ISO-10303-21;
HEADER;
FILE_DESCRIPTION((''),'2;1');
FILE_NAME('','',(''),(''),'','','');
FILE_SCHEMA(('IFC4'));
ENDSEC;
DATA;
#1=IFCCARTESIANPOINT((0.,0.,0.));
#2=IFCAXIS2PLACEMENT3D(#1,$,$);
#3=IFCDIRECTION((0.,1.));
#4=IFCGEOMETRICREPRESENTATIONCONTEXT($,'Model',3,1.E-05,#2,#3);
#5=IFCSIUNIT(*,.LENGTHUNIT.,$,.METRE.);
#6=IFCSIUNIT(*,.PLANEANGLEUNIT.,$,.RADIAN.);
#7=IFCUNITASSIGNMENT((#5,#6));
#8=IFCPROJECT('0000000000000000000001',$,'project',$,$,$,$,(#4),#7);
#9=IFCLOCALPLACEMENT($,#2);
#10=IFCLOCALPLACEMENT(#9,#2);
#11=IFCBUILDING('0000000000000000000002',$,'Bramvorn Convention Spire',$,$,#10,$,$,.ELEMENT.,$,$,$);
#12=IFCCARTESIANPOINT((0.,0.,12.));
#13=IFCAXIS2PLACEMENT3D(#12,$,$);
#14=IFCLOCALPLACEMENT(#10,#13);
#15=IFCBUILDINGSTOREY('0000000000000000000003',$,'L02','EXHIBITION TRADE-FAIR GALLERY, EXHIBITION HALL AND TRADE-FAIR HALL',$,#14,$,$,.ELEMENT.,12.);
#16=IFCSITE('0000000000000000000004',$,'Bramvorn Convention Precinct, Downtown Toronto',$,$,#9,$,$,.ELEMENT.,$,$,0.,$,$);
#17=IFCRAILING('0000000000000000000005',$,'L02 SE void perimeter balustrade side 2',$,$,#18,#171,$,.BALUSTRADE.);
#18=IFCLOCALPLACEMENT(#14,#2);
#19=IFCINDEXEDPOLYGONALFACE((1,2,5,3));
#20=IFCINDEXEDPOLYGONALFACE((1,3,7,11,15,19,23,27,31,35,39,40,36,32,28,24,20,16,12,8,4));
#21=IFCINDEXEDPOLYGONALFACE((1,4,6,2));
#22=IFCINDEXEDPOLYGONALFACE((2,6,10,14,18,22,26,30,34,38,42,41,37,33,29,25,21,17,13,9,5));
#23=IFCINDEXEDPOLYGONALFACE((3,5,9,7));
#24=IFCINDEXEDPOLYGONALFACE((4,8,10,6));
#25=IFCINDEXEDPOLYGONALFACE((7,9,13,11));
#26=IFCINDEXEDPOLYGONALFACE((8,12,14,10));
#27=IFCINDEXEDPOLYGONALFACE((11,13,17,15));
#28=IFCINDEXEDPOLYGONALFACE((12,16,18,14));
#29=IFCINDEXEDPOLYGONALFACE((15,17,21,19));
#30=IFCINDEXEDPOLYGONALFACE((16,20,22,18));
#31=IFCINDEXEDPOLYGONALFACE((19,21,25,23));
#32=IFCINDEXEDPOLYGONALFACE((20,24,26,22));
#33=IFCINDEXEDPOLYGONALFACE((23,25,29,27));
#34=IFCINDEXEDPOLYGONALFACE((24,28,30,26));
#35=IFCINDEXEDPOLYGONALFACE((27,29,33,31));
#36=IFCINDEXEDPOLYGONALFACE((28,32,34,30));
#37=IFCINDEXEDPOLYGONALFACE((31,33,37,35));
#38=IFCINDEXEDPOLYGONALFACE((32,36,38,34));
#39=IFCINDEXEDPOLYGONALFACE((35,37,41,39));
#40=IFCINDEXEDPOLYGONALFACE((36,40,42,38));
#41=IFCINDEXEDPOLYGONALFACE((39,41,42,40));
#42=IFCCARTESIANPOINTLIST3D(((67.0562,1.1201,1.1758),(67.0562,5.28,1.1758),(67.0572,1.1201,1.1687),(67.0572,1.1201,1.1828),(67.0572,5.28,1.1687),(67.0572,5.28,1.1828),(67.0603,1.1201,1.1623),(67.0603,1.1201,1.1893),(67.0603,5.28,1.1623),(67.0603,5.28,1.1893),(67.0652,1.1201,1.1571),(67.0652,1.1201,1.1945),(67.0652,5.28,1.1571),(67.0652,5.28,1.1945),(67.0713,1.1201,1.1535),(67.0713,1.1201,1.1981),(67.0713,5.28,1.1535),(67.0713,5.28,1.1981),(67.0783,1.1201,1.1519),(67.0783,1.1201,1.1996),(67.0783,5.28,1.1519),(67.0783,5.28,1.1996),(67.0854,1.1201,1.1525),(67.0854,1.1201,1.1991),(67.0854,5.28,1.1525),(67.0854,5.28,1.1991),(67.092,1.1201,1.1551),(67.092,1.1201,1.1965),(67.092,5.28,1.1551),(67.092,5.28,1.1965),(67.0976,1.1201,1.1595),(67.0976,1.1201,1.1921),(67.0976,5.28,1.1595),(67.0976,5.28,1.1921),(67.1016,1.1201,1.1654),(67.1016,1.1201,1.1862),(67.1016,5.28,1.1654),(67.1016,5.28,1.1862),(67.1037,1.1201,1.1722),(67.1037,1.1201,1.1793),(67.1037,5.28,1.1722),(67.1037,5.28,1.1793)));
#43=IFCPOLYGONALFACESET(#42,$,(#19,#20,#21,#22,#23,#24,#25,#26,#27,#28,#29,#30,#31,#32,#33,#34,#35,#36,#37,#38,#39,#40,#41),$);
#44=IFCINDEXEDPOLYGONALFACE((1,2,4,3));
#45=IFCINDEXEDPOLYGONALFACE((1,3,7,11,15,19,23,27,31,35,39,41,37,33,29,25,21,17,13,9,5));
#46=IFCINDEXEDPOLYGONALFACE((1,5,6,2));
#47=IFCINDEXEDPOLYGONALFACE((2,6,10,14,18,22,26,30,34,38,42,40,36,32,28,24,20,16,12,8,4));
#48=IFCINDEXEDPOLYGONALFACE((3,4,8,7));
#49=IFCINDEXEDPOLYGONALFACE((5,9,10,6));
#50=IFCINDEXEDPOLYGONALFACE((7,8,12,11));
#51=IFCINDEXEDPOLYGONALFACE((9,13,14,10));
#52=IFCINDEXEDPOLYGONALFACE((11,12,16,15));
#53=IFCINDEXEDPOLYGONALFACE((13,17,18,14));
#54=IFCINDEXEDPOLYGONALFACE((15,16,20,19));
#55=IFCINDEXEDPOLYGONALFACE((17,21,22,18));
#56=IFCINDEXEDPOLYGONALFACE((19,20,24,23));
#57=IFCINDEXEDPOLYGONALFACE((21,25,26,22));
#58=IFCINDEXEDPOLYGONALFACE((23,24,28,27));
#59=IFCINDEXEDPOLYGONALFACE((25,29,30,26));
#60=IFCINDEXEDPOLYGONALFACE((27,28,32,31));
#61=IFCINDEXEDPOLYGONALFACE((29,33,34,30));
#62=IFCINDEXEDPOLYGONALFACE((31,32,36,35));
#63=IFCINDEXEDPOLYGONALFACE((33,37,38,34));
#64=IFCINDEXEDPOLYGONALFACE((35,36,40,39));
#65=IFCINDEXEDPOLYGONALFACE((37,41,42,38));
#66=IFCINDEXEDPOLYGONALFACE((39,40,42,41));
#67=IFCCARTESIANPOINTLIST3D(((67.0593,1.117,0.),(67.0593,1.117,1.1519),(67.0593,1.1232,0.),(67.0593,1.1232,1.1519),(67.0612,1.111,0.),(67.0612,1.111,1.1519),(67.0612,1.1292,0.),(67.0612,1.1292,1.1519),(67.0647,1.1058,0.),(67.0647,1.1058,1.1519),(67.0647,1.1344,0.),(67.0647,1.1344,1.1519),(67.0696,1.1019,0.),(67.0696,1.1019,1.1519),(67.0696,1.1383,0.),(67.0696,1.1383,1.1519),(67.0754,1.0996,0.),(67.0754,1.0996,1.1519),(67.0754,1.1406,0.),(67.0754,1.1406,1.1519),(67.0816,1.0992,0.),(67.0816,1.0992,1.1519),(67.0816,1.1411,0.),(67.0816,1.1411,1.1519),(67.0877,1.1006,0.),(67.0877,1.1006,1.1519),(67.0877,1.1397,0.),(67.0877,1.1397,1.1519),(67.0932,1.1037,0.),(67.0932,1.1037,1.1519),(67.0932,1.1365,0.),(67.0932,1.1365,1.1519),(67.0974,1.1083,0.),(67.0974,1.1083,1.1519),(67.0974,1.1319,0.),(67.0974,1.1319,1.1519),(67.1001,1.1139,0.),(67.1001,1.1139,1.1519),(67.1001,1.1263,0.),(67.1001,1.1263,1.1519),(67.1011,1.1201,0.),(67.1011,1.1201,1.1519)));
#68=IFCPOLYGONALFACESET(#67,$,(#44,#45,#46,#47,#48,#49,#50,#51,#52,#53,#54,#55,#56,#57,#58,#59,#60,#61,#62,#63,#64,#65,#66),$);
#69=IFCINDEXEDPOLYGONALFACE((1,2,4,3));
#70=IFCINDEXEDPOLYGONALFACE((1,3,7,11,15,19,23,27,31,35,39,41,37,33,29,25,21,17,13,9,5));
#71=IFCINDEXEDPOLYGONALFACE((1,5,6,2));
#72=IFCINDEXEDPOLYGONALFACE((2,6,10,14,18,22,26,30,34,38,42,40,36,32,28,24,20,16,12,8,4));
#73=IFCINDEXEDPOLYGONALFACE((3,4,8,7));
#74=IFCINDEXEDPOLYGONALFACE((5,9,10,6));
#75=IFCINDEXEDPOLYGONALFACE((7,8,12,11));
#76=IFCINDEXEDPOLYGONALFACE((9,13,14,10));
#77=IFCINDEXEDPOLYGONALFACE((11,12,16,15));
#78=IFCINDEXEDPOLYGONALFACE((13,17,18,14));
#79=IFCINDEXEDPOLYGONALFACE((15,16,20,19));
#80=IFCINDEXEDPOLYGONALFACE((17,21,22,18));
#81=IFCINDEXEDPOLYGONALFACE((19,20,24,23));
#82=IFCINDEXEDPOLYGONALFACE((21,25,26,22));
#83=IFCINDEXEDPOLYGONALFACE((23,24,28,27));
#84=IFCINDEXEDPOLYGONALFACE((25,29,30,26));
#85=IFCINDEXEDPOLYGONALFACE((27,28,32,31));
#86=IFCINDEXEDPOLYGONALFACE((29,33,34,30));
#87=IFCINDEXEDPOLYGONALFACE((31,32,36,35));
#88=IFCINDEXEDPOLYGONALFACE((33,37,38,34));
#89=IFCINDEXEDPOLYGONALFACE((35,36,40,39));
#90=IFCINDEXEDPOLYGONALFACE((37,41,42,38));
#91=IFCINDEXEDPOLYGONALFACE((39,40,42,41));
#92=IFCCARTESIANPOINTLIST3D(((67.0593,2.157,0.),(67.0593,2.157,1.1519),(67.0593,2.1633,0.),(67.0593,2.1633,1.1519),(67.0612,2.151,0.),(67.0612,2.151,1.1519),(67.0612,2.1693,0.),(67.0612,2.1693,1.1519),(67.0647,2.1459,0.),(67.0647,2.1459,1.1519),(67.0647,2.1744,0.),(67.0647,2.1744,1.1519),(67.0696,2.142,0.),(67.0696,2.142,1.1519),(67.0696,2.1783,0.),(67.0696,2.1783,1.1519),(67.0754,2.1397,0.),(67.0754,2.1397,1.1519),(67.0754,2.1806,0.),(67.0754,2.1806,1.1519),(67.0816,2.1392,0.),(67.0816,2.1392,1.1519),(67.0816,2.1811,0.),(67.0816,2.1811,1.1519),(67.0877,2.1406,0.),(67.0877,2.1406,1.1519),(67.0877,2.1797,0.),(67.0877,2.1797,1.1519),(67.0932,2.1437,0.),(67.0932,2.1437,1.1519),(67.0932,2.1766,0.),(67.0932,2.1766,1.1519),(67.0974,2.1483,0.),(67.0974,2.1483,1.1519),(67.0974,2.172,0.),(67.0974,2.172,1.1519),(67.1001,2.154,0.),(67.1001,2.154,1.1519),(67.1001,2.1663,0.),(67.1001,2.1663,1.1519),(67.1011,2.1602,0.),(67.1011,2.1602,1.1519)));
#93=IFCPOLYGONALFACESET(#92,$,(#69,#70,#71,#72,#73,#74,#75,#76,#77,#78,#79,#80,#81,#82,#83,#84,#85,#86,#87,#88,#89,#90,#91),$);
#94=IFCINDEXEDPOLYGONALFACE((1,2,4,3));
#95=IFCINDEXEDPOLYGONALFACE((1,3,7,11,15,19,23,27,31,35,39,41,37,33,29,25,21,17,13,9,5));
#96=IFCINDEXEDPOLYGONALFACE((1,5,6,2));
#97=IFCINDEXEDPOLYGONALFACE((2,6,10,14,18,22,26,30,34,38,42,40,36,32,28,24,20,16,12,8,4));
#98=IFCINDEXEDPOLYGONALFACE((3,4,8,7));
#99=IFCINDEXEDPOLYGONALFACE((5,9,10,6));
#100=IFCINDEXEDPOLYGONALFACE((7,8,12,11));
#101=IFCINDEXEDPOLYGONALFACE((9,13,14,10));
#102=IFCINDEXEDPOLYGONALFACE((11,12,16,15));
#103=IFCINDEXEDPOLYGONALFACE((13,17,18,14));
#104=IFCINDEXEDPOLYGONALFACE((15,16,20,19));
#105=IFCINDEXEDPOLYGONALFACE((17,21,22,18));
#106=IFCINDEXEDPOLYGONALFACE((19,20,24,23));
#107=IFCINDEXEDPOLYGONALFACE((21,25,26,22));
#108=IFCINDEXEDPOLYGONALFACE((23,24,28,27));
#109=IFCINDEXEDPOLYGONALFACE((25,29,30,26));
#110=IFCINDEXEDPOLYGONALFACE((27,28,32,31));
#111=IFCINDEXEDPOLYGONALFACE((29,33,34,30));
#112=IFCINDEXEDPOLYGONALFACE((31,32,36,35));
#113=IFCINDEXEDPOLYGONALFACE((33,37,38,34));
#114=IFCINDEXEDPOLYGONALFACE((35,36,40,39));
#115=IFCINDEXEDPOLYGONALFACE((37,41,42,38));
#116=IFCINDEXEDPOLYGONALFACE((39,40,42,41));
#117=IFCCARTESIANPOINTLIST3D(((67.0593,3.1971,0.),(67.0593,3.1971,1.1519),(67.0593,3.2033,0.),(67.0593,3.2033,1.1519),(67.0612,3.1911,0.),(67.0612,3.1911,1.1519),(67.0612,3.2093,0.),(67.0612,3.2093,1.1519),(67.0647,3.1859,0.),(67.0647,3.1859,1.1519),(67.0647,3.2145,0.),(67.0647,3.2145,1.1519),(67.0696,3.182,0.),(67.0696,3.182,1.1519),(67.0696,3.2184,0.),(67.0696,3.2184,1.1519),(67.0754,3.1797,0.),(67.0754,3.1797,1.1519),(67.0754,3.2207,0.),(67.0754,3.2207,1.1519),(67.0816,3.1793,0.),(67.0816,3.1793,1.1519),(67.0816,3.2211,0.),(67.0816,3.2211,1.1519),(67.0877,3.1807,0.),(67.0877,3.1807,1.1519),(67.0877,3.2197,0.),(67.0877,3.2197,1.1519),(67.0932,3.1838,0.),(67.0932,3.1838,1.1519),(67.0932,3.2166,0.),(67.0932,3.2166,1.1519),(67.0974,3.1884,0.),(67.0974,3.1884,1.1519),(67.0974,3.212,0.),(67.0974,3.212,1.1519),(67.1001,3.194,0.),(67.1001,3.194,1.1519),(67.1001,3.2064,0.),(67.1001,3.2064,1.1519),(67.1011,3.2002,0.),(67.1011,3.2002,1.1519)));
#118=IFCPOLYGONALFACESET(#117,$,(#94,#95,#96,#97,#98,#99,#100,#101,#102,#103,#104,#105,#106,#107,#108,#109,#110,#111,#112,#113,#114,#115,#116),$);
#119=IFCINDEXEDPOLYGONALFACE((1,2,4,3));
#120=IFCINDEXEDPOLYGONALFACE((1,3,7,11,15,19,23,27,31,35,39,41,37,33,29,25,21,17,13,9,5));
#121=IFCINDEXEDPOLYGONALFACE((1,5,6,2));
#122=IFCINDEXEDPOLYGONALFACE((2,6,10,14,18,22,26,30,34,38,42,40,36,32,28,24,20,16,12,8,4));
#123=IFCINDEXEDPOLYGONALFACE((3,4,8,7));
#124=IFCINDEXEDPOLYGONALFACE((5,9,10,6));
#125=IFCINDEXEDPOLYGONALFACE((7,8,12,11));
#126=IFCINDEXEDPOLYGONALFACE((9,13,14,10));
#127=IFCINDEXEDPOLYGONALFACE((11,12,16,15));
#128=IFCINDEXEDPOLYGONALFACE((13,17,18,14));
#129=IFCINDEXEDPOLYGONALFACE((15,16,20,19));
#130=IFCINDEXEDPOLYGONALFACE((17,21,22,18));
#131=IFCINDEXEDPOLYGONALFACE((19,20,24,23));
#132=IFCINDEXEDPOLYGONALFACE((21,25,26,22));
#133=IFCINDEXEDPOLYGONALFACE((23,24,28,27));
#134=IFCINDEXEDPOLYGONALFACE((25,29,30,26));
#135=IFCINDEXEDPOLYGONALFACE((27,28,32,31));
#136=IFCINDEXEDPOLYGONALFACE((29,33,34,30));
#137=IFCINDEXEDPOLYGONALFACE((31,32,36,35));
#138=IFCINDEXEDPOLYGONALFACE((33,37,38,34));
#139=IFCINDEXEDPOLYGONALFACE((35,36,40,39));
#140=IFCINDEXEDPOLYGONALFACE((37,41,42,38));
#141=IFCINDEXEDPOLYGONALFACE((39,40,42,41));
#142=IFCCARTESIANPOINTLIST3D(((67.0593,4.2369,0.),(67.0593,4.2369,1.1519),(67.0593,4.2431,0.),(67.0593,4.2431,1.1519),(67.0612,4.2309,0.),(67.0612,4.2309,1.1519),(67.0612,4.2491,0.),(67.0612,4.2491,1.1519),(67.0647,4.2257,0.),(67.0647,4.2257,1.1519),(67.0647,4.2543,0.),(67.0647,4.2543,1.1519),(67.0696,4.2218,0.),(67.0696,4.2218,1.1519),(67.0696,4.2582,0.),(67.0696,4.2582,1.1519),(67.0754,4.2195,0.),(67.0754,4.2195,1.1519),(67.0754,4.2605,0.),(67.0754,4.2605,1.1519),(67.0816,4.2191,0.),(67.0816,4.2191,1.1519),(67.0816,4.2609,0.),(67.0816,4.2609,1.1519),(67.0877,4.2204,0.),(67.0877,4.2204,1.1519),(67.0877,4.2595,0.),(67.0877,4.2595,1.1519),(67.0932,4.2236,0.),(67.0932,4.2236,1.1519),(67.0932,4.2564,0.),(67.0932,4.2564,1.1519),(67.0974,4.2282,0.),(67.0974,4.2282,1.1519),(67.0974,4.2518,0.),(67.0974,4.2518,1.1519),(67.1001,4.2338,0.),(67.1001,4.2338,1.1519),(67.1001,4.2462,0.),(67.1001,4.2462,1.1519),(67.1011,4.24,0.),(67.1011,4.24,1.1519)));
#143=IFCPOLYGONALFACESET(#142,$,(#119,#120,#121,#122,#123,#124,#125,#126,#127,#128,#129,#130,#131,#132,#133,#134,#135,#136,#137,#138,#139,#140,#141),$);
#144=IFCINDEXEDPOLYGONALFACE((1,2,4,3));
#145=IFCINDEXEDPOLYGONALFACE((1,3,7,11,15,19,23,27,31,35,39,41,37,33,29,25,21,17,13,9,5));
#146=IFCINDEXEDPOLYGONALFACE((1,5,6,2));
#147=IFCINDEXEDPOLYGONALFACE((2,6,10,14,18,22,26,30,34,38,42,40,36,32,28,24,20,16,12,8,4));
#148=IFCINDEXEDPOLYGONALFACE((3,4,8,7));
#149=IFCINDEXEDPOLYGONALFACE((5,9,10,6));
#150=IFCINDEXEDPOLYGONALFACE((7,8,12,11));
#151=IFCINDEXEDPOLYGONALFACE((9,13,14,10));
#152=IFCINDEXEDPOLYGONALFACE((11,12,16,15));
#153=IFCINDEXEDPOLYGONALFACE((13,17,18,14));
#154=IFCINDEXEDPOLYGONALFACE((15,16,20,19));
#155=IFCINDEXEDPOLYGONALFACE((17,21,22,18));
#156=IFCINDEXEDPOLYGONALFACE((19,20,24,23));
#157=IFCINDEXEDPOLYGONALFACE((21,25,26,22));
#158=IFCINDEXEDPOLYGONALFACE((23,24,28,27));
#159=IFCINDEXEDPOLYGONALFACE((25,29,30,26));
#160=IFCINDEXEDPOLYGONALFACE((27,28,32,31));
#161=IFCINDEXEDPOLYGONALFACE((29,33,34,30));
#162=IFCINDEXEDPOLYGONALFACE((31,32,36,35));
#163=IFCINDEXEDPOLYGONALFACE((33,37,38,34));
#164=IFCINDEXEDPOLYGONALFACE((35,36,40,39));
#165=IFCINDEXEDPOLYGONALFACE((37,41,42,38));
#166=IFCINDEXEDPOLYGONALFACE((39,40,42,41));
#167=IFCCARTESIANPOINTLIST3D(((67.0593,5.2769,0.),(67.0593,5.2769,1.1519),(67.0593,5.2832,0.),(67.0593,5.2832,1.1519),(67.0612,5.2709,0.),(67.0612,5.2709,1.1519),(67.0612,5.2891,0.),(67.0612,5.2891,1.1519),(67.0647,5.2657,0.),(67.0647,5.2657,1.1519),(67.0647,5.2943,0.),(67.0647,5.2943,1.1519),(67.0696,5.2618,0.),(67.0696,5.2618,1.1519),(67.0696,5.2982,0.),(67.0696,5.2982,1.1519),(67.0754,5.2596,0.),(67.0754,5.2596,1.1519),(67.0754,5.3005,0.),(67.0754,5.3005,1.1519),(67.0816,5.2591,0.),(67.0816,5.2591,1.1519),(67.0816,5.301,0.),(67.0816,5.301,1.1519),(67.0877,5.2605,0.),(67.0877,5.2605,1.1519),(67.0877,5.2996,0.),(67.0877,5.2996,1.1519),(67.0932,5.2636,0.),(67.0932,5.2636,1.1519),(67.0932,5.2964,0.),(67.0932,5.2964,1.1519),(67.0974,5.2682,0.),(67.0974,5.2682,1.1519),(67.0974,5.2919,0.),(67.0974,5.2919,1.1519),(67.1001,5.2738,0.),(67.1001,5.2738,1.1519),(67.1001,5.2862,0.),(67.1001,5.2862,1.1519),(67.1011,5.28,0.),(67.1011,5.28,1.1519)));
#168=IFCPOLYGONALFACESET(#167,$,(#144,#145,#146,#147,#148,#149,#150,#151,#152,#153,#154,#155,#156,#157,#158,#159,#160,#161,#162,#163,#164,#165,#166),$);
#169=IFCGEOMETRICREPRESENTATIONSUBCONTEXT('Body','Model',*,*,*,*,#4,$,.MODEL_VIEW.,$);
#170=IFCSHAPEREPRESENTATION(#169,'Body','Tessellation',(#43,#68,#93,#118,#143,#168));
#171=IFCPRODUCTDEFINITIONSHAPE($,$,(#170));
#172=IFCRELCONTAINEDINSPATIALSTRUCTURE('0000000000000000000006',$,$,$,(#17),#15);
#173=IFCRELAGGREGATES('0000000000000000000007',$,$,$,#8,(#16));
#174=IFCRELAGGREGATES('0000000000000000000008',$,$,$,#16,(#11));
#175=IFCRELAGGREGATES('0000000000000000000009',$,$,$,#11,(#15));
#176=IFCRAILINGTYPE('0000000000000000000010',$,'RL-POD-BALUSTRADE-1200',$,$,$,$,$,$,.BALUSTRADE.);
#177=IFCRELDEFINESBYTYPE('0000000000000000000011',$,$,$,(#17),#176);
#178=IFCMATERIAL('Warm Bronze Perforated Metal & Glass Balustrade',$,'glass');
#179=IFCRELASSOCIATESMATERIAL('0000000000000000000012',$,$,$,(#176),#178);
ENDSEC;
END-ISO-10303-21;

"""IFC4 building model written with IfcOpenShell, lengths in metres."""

from ifc_helpers import new_model, si_unit, direction, frame, origin, origin_2d, place, context, subcontext, project, spatial, circle, extrude, material, type_object, element, save


model = new_model("IFC4")

# Units and contexts
model_context = context("Model", 3, precision=1e-05, world=origin(), true_north=direction((0.0, 1.0)))
body_context = subcontext(model_context, "Body", "Model", "MODEL_VIEW")
ifc_project = project(units=[si_unit("LENGTHUNIT", "METRE"), si_unit("PLANEANGLEUNIT", "RADIAN")], contexts=[model_context])

# Site, building, storey
site_placement = place(None, origin())
site = spatial("IfcSite", under=ifc_project, at=site_placement, Name="Bramvorn Convention Precinct, Downtown Toronto", CompositionType="ELEMENT", RefElevation=0.0)
building_placement = place(site_placement, origin())
building = spatial("IfcBuilding", under=site, at=building_placement, Name="Bramvorn Convention Spire", CompositionType="ELEMENT")
storey_placement = place(building_placement, frame((0.0, 0.0, 12.0)))
storey = spatial("IfcBuildingStorey", under=building, at=storey_placement, Name="L02", Description="EXHIBITION TRADE-FAIR GALLERY, EXHIBITION HALL AND TRADE-FAIR HALL", CompositionType="ELEMENT", Elevation=12.0)

# Railing
ifc_material_1 = material(Name="Warm Bronze Perforated Metal & Glass Balustrade", Category="glass")
railing_type = type_object("IfcRailingType", Name="RL-POD-BALUSTRADE-1200", PredefinedType="BALUSTRADE", material=ifc_material_1)
railing_1_placement = place(storey_placement, frame((67.0801, 1.1201, 0.0)))
element("IfcRailing", 1, at=railing_1_placement, inside=storey, type_object=railing_type, Name="L02 SE void perimeter balustrade side 2", PredefinedType="BALUSTRADE", context=body_context, shape_type="SweptSolid", body=[
    extrude(circle(Radius=0.0239, at=origin_2d()), frame((0.0, 0.0, 1.1758), z_axis=(0.0, 1.0, 0.0), x_axis=(-1.0, 0.0, 0.0)), (0.0, 0.0, 1.0), 4.1599),
    extrude(circle(Radius=0.021, at=origin_2d()), origin(), (0.0, 0.0, 1.0), 1.1519),
    extrude(circle(Radius=0.021, at=origin_2d()), frame((0.0, 1.04, 0.0)), (0.0, 0.0, 1.0), 1.1519),
    extrude(circle(Radius=0.021, at=origin_2d()), frame((0.0, 2.0801, 0.0)), (0.0, 0.0, 1.0), 1.1519),
    extrude(circle(Radius=0.021, at=origin_2d()), frame((0.0, 3.1199, 0.0)), (0.0, 0.0, 1.0), 1.1519),
    extrude(circle(Radius=0.021, at=origin_2d()), frame((0.0, 4.1599, 0.0)), (0.0, 0.0, 1.0), 1.1519),
])

save(model, "model.ifc")
